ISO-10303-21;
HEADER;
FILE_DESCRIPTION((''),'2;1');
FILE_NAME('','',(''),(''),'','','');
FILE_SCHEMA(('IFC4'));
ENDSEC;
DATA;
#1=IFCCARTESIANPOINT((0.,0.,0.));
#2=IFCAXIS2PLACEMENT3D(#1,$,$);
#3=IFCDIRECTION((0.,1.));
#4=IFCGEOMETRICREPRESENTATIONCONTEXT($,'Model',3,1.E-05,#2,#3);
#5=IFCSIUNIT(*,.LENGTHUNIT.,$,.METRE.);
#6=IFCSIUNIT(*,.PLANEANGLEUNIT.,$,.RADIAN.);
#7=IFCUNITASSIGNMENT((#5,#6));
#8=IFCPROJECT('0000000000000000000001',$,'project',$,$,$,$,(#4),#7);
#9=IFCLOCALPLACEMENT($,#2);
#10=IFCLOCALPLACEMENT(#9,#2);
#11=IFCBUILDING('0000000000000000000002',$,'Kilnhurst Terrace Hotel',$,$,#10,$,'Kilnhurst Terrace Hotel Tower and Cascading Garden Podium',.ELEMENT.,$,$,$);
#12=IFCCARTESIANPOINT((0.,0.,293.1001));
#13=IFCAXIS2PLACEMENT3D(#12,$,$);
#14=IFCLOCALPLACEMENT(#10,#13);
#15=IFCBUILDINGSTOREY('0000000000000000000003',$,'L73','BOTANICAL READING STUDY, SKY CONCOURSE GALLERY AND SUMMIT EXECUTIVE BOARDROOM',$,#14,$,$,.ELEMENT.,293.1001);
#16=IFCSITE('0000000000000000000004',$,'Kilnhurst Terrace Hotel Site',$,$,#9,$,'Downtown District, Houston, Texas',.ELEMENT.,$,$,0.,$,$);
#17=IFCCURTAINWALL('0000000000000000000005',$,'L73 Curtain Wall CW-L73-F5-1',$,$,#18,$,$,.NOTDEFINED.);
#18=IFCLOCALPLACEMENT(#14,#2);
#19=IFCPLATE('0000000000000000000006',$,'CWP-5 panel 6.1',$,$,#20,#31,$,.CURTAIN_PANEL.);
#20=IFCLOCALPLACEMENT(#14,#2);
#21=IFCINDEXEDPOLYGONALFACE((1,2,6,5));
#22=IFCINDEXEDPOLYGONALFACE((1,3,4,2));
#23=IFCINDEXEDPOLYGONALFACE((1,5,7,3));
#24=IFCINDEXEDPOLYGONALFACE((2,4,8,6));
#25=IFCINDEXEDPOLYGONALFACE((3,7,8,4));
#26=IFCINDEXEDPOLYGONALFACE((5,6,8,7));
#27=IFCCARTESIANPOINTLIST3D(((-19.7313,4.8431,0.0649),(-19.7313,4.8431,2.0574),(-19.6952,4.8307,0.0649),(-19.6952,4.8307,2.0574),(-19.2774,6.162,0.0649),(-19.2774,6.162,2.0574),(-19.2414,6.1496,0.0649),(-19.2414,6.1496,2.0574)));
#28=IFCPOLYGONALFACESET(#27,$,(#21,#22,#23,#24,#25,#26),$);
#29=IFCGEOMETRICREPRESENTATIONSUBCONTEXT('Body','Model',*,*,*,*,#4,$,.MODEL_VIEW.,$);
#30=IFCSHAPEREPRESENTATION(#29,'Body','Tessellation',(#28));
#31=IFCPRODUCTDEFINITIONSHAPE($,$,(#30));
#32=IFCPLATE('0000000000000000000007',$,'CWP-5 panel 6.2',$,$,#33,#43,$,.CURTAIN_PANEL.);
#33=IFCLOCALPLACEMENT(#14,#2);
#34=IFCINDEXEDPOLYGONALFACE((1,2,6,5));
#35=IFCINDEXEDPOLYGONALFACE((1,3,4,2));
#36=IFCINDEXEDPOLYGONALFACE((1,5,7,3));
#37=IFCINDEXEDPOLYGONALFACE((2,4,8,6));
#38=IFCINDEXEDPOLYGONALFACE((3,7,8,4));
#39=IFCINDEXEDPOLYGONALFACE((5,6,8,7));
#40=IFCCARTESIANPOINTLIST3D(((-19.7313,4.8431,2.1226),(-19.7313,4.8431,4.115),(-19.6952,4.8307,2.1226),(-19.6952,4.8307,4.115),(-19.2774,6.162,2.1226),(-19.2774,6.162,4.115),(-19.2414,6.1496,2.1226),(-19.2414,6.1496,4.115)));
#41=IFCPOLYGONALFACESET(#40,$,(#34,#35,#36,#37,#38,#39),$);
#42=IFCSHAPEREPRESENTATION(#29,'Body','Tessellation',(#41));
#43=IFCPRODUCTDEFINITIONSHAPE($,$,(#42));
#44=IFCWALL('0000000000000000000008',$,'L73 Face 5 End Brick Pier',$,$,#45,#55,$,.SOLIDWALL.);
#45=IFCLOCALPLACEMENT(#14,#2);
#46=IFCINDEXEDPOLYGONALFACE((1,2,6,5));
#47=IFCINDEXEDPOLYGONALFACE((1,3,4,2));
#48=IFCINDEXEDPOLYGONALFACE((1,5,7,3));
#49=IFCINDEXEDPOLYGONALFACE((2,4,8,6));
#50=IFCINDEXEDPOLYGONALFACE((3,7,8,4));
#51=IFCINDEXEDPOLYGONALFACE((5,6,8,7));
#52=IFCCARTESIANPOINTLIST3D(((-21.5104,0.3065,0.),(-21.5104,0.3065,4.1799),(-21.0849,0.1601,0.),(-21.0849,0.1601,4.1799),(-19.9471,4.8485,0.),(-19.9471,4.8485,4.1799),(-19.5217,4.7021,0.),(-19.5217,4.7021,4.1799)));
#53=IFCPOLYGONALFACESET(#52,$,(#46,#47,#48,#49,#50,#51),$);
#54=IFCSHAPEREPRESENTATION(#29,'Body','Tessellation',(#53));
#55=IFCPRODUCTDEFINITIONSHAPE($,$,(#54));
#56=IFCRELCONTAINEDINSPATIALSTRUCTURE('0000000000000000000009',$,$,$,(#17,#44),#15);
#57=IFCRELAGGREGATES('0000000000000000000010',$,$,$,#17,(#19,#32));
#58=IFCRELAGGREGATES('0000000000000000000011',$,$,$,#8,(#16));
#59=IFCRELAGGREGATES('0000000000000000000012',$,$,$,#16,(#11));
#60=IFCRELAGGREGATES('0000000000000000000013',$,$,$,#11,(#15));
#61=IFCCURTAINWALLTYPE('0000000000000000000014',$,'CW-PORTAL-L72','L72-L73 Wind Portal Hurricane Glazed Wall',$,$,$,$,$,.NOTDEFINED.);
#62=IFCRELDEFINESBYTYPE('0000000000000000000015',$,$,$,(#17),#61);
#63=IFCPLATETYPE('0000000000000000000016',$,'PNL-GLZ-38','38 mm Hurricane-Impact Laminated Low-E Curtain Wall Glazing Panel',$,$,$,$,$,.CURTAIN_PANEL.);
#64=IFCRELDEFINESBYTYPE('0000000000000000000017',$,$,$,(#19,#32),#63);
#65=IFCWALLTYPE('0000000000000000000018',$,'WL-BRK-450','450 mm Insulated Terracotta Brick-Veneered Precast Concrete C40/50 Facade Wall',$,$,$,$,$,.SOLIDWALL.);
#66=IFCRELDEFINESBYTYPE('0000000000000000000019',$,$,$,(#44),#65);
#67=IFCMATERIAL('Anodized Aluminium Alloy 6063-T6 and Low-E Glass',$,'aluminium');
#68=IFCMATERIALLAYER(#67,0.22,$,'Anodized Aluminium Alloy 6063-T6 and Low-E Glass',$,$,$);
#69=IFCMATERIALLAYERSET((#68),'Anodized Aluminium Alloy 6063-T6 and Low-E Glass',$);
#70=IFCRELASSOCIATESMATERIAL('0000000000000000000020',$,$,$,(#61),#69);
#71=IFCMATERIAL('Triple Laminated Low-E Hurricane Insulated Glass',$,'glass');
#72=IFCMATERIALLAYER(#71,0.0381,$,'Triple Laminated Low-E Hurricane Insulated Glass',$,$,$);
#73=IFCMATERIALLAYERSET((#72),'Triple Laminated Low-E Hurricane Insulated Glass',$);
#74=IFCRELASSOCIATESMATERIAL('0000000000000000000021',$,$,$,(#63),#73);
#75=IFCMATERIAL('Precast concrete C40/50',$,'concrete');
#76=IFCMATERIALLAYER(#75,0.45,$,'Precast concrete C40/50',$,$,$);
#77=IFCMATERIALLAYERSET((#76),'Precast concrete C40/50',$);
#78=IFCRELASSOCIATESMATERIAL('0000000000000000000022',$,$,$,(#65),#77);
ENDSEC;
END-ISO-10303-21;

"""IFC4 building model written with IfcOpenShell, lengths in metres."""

from ifc_helpers import new_model, si_unit, direction, frame, frame_2d, origin, origin_2d, place, context, subcontext, project, spatial, rectangle, extrude, material, layer, layer_set, type_object, element, aggregate, save


model = new_model("IFC4")

# Units and contexts
model_context = context("Model", 3, precision=1e-05, world=origin(), true_north=direction((0.0, 1.0)))
body_context = subcontext(model_context, "Body", "Model", "MODEL_VIEW")
ifc_project = project(units=[si_unit("LENGTHUNIT", "METRE"), si_unit("PLANEANGLEUNIT", "RADIAN")], contexts=[model_context])

# Site, building, storey
site_placement = place(None, origin())
site = spatial("IfcSite", under=ifc_project, at=site_placement, Name="Kilnhurst Terrace Hotel Site", LongName="Downtown District, Houston, Texas", CompositionType="ELEMENT", RefElevation=0.0)
building_placement = place(site_placement, origin())
building = spatial("IfcBuilding", under=site, at=building_placement, Name="Kilnhurst Terrace Hotel", LongName="Kilnhurst Terrace Hotel Tower and Cascading Garden Podium", CompositionType="ELEMENT")
storey_placement = place(building_placement, frame((0.0, 0.0, 293.1001)))
storey = spatial("IfcBuildingStorey", under=building, at=storey_placement, Name="L73", Description="BOTANICAL READING STUDY, SKY CONCOURSE GALLERY AND SUMMIT EXECUTIVE BOARDROOM", CompositionType="ELEMENT", Elevation=293.1001)

# Curtain wall, plates
ifc_material_1 = material(Name="Anodized Aluminium Alloy 6063-T6 and Low-E Glass", Category="aluminium")
ifc_layer_1 = layer(ifc_material_1, 0.22, Name="Anodized Aluminium Alloy 6063-T6 and Low-E Glass")
ifc_layer_set_1 = layer_set([ifc_layer_1], Name="Anodized Aluminium Alloy 6063-T6 and Low-E Glass")
curtain_wall_type = type_object("IfcCurtainWallType", Name="CW-PORTAL-L72", Description="L72-L73 Wind Portal Hurricane Glazed Wall", PredefinedType="NOTDEFINED", material=ifc_layer_set_1)
curtain_wall_placement = place(storey_placement, origin())
curtain_wall = element("IfcCurtainWall", 1, at=curtain_wall_placement, inside=storey, type_object=curtain_wall_type, Name="L73 Curtain Wall CW-L73-F5-1", PredefinedType="NOTDEFINED")
ifc_material_2 = material(Name="Triple Laminated Low-E Hurricane Insulated Glass", Category="glass")
ifc_layer_2 = layer(ifc_material_2, 0.0381, Name="Triple Laminated Low-E Hurricane Insulated Glass")
ifc_layer_set_2 = layer_set([ifc_layer_2], Name="Triple Laminated Low-E Hurricane Insulated Glass")
plate_type = type_object("IfcPlateType", Name="PNL-GLZ-38", Description="38 mm Hurricane-Impact Laminated Low-E Curtain Wall Glazing Panel", PredefinedType="CURTAIN_PANEL", material=ifc_layer_set_2)
plate_1_placement = place(storey_placement, frame((-19.4863, 5.4963, 0.0649), z_axis=(0.0, 0.0, 1.0), x_axis=(-0.325397, -0.945578, 0.0)))
plate_1 = element("IfcPlate", 2, at=plate_1_placement, type_object=plate_type, Name="CWP-5 panel 6.1", PredefinedType="CURTAIN_PANEL", context=body_context, shape_type="SweptSolid", body=[
    extrude(rectangle(XDim=1.3948, YDim=0.0381, at=origin_2d()), origin(), (0.0, 0.0, 1.0), 1.9924),
])
plate_2_placement = place(storey_placement, frame((-19.4863, 5.4963, 2.1226), z_axis=(0.0, 0.0, 1.0), x_axis=(-0.325397, -0.945578, 0.0)))
plate_2 = element("IfcPlate", 3, at=plate_2_placement, type_object=plate_type, Name="CWP-5 panel 6.2", PredefinedType="CURTAIN_PANEL", context=body_context, shape_type="SweptSolid", body=[
    extrude(rectangle(XDim=1.3948, YDim=0.0381, at=origin_2d()), origin(), (0.0, 0.0, 1.0), 1.9924),
])
aggregate(curtain_wall, [plate_1, plate_2])

# Wall
ifc_material_3 = material(Name="Precast concrete C40/50", Category="concrete")
ifc_layer_3 = layer(ifc_material_3, 0.45, Name="Precast concrete C40/50")
ifc_layer_set_3 = layer_set([ifc_layer_3], Name="Precast concrete C40/50")
wall_type = type_object("IfcWallType", Name="WL-BRK-450", Description="450 mm Insulated Terracotta Brick-Veneered Precast Concrete C40/50 Facade Wall", PredefinedType="SOLIDWALL", material=ifc_layer_set_3)
wall_placement = place(storey_placement, frame((-19.7344, 4.7754, 0.0), z_axis=(0.0, 0.0, 1.0), x_axis=(-0.325438, -0.945563, 0.0)))
element("IfcWall", 4, at=wall_placement, inside=storey, type_object=wall_type, Name="L73 Face 5 End Brick Pier", PredefinedType="SOLIDWALL", context=body_context, shape_type="SweptSolid", body=[
    extrude(rectangle(XDim=4.8035, YDim=0.45, at=frame_2d((2.4019, 0.0))), origin(), (0.0, 0.0, 1.0), 4.1799),
])

save(model, "model.ifc")
